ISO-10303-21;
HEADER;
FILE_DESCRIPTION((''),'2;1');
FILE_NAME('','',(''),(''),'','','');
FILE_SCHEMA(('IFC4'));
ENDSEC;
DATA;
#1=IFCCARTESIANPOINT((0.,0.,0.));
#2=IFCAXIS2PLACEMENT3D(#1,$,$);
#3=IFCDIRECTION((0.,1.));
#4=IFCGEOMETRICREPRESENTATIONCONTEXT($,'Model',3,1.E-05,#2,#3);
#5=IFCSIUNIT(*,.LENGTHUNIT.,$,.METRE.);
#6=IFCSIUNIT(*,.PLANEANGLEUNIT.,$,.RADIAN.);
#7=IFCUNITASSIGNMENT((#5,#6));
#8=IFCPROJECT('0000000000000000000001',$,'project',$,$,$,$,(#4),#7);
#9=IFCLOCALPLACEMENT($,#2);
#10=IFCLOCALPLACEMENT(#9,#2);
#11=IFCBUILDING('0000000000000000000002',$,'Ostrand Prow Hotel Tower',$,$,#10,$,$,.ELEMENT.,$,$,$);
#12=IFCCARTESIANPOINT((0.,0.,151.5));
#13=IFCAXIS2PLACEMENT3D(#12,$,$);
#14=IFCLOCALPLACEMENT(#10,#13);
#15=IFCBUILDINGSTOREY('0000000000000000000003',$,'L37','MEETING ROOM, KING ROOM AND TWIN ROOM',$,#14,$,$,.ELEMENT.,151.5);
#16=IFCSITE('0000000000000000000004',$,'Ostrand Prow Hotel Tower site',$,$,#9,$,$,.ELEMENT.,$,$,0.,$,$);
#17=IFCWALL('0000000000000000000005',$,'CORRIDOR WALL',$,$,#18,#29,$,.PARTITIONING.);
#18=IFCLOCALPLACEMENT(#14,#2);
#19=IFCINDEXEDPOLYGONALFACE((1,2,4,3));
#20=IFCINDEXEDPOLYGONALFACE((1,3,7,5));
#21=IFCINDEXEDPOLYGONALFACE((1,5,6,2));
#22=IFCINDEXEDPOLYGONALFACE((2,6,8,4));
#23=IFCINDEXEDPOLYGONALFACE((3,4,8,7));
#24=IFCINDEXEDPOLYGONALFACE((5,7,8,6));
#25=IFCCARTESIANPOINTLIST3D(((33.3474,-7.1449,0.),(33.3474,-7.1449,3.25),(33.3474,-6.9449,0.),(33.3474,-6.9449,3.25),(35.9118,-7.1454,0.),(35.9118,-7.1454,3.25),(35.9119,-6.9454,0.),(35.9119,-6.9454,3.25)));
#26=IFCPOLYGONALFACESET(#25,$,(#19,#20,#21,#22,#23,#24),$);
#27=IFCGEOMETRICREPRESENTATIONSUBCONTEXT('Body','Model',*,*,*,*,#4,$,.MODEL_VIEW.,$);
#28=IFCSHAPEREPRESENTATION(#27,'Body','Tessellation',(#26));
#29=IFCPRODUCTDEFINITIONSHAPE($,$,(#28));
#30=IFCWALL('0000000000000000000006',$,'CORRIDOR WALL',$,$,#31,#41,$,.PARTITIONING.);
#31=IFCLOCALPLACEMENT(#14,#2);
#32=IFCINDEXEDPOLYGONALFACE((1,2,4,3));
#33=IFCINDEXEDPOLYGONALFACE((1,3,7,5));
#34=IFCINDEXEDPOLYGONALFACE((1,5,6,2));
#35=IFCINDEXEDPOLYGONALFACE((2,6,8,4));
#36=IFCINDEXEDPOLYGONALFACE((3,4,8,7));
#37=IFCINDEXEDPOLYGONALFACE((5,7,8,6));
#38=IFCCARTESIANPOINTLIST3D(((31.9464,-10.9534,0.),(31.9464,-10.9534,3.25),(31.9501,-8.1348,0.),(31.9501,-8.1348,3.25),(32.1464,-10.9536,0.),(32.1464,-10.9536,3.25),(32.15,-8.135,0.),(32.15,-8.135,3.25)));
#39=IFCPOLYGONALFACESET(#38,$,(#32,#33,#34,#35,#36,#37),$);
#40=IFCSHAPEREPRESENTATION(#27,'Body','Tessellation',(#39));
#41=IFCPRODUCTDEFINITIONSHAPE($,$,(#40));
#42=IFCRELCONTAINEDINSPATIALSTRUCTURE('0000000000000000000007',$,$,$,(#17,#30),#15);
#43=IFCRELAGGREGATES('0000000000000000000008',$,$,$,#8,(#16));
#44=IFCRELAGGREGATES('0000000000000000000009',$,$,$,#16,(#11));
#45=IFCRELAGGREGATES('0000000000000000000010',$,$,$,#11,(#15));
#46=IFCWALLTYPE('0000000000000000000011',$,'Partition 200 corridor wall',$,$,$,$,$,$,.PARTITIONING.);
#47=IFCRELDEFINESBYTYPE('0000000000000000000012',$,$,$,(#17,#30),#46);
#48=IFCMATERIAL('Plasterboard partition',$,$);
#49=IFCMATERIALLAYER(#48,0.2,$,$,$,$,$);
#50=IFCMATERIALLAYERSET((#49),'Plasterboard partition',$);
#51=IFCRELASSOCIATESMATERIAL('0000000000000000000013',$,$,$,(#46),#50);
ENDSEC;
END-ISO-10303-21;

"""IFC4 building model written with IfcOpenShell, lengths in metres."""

from ifc_helpers import new_model, si_unit, direction, frame, frame_2d, origin, place, context, subcontext, project, spatial, rectangle, extrude, material, layer, layer_set, type_object, element, save


model = new_model("IFC4")

# Units and contexts
model_context = context("Model", 3, precision=1e-05, world=origin(), true_north=direction((0.0, 1.0)))
body_context = subcontext(model_context, "Body", "Model", "MODEL_VIEW")
ifc_project = project(units=[si_unit("LENGTHUNIT", "METRE"), si_unit("PLANEANGLEUNIT", "RADIAN")], contexts=[model_context])

# Site, building, storey
site_placement = place(None, origin())
site = spatial("IfcSite", under=ifc_project, at=site_placement, Name="Ostrand Prow Hotel Tower site", CompositionType="ELEMENT", RefElevation=0.0)
building_placement = place(site_placement, origin())
building = spatial("IfcBuilding", under=site, at=building_placement, Name="Ostrand Prow Hotel Tower", CompositionType="ELEMENT")
storey_placement = place(building_placement, frame((0.0, 0.0, 151.5)))
storey = spatial("IfcBuildingStorey", under=building, at=storey_placement, Name="L37", Description="MEETING ROOM, KING ROOM AND TWIN ROOM", CompositionType="ELEMENT", Elevation=151.5)

# Shared definitions
ifc_material_1 = material(Name="Plasterboard partition")
ifc_layer_1 = layer(ifc_material_1, 0.2)
ifc_layer_set_1 = layer_set([ifc_layer_1], Name="Plasterboard partition")
wall_type_1 = type_object("IfcWallType", Name="Partition 200 corridor wall", PredefinedType="PARTITIONING", material=ifc_layer_set_1)

# Walls
wall_1_placement = place(storey_placement, frame((35.9119, -7.0454, 0.0), z_axis=(0.0, 0.0, 1.0), x_axis=(-1.0, 0.00019, 0.0)))
element("IfcWall", 1, at=wall_1_placement, inside=storey, type_object=wall_type_1, Name="CORRIDOR WALL", PredefinedType="PARTITIONING", context=body_context, shape_type="SweptSolid", body=[
    extrude(rectangle(XDim=2.5645, YDim=0.2, at=frame_2d((1.2822, 0.0))), origin(), (0.0, 0.0, 1.0), 3.25),
])
wall_2_placement = place(storey_placement, frame((32.05, -8.135, 0.0), z_axis=(0.0, 0.0, 1.0), x_axis=(-0.001299, -0.999999, 0.0)))
element("IfcWall", 2, at=wall_2_placement, inside=storey, type_object=wall_type_1, Name="CORRIDOR WALL", PredefinedType="PARTITIONING", context=body_context, shape_type="SweptSolid", body=[
    extrude(rectangle(XDim=2.8186, YDim=0.2, at=frame_2d((1.4092, 0.0))), origin(), (0.0, 0.0, 1.0), 3.25),
])

save(model, "model.ifc")
